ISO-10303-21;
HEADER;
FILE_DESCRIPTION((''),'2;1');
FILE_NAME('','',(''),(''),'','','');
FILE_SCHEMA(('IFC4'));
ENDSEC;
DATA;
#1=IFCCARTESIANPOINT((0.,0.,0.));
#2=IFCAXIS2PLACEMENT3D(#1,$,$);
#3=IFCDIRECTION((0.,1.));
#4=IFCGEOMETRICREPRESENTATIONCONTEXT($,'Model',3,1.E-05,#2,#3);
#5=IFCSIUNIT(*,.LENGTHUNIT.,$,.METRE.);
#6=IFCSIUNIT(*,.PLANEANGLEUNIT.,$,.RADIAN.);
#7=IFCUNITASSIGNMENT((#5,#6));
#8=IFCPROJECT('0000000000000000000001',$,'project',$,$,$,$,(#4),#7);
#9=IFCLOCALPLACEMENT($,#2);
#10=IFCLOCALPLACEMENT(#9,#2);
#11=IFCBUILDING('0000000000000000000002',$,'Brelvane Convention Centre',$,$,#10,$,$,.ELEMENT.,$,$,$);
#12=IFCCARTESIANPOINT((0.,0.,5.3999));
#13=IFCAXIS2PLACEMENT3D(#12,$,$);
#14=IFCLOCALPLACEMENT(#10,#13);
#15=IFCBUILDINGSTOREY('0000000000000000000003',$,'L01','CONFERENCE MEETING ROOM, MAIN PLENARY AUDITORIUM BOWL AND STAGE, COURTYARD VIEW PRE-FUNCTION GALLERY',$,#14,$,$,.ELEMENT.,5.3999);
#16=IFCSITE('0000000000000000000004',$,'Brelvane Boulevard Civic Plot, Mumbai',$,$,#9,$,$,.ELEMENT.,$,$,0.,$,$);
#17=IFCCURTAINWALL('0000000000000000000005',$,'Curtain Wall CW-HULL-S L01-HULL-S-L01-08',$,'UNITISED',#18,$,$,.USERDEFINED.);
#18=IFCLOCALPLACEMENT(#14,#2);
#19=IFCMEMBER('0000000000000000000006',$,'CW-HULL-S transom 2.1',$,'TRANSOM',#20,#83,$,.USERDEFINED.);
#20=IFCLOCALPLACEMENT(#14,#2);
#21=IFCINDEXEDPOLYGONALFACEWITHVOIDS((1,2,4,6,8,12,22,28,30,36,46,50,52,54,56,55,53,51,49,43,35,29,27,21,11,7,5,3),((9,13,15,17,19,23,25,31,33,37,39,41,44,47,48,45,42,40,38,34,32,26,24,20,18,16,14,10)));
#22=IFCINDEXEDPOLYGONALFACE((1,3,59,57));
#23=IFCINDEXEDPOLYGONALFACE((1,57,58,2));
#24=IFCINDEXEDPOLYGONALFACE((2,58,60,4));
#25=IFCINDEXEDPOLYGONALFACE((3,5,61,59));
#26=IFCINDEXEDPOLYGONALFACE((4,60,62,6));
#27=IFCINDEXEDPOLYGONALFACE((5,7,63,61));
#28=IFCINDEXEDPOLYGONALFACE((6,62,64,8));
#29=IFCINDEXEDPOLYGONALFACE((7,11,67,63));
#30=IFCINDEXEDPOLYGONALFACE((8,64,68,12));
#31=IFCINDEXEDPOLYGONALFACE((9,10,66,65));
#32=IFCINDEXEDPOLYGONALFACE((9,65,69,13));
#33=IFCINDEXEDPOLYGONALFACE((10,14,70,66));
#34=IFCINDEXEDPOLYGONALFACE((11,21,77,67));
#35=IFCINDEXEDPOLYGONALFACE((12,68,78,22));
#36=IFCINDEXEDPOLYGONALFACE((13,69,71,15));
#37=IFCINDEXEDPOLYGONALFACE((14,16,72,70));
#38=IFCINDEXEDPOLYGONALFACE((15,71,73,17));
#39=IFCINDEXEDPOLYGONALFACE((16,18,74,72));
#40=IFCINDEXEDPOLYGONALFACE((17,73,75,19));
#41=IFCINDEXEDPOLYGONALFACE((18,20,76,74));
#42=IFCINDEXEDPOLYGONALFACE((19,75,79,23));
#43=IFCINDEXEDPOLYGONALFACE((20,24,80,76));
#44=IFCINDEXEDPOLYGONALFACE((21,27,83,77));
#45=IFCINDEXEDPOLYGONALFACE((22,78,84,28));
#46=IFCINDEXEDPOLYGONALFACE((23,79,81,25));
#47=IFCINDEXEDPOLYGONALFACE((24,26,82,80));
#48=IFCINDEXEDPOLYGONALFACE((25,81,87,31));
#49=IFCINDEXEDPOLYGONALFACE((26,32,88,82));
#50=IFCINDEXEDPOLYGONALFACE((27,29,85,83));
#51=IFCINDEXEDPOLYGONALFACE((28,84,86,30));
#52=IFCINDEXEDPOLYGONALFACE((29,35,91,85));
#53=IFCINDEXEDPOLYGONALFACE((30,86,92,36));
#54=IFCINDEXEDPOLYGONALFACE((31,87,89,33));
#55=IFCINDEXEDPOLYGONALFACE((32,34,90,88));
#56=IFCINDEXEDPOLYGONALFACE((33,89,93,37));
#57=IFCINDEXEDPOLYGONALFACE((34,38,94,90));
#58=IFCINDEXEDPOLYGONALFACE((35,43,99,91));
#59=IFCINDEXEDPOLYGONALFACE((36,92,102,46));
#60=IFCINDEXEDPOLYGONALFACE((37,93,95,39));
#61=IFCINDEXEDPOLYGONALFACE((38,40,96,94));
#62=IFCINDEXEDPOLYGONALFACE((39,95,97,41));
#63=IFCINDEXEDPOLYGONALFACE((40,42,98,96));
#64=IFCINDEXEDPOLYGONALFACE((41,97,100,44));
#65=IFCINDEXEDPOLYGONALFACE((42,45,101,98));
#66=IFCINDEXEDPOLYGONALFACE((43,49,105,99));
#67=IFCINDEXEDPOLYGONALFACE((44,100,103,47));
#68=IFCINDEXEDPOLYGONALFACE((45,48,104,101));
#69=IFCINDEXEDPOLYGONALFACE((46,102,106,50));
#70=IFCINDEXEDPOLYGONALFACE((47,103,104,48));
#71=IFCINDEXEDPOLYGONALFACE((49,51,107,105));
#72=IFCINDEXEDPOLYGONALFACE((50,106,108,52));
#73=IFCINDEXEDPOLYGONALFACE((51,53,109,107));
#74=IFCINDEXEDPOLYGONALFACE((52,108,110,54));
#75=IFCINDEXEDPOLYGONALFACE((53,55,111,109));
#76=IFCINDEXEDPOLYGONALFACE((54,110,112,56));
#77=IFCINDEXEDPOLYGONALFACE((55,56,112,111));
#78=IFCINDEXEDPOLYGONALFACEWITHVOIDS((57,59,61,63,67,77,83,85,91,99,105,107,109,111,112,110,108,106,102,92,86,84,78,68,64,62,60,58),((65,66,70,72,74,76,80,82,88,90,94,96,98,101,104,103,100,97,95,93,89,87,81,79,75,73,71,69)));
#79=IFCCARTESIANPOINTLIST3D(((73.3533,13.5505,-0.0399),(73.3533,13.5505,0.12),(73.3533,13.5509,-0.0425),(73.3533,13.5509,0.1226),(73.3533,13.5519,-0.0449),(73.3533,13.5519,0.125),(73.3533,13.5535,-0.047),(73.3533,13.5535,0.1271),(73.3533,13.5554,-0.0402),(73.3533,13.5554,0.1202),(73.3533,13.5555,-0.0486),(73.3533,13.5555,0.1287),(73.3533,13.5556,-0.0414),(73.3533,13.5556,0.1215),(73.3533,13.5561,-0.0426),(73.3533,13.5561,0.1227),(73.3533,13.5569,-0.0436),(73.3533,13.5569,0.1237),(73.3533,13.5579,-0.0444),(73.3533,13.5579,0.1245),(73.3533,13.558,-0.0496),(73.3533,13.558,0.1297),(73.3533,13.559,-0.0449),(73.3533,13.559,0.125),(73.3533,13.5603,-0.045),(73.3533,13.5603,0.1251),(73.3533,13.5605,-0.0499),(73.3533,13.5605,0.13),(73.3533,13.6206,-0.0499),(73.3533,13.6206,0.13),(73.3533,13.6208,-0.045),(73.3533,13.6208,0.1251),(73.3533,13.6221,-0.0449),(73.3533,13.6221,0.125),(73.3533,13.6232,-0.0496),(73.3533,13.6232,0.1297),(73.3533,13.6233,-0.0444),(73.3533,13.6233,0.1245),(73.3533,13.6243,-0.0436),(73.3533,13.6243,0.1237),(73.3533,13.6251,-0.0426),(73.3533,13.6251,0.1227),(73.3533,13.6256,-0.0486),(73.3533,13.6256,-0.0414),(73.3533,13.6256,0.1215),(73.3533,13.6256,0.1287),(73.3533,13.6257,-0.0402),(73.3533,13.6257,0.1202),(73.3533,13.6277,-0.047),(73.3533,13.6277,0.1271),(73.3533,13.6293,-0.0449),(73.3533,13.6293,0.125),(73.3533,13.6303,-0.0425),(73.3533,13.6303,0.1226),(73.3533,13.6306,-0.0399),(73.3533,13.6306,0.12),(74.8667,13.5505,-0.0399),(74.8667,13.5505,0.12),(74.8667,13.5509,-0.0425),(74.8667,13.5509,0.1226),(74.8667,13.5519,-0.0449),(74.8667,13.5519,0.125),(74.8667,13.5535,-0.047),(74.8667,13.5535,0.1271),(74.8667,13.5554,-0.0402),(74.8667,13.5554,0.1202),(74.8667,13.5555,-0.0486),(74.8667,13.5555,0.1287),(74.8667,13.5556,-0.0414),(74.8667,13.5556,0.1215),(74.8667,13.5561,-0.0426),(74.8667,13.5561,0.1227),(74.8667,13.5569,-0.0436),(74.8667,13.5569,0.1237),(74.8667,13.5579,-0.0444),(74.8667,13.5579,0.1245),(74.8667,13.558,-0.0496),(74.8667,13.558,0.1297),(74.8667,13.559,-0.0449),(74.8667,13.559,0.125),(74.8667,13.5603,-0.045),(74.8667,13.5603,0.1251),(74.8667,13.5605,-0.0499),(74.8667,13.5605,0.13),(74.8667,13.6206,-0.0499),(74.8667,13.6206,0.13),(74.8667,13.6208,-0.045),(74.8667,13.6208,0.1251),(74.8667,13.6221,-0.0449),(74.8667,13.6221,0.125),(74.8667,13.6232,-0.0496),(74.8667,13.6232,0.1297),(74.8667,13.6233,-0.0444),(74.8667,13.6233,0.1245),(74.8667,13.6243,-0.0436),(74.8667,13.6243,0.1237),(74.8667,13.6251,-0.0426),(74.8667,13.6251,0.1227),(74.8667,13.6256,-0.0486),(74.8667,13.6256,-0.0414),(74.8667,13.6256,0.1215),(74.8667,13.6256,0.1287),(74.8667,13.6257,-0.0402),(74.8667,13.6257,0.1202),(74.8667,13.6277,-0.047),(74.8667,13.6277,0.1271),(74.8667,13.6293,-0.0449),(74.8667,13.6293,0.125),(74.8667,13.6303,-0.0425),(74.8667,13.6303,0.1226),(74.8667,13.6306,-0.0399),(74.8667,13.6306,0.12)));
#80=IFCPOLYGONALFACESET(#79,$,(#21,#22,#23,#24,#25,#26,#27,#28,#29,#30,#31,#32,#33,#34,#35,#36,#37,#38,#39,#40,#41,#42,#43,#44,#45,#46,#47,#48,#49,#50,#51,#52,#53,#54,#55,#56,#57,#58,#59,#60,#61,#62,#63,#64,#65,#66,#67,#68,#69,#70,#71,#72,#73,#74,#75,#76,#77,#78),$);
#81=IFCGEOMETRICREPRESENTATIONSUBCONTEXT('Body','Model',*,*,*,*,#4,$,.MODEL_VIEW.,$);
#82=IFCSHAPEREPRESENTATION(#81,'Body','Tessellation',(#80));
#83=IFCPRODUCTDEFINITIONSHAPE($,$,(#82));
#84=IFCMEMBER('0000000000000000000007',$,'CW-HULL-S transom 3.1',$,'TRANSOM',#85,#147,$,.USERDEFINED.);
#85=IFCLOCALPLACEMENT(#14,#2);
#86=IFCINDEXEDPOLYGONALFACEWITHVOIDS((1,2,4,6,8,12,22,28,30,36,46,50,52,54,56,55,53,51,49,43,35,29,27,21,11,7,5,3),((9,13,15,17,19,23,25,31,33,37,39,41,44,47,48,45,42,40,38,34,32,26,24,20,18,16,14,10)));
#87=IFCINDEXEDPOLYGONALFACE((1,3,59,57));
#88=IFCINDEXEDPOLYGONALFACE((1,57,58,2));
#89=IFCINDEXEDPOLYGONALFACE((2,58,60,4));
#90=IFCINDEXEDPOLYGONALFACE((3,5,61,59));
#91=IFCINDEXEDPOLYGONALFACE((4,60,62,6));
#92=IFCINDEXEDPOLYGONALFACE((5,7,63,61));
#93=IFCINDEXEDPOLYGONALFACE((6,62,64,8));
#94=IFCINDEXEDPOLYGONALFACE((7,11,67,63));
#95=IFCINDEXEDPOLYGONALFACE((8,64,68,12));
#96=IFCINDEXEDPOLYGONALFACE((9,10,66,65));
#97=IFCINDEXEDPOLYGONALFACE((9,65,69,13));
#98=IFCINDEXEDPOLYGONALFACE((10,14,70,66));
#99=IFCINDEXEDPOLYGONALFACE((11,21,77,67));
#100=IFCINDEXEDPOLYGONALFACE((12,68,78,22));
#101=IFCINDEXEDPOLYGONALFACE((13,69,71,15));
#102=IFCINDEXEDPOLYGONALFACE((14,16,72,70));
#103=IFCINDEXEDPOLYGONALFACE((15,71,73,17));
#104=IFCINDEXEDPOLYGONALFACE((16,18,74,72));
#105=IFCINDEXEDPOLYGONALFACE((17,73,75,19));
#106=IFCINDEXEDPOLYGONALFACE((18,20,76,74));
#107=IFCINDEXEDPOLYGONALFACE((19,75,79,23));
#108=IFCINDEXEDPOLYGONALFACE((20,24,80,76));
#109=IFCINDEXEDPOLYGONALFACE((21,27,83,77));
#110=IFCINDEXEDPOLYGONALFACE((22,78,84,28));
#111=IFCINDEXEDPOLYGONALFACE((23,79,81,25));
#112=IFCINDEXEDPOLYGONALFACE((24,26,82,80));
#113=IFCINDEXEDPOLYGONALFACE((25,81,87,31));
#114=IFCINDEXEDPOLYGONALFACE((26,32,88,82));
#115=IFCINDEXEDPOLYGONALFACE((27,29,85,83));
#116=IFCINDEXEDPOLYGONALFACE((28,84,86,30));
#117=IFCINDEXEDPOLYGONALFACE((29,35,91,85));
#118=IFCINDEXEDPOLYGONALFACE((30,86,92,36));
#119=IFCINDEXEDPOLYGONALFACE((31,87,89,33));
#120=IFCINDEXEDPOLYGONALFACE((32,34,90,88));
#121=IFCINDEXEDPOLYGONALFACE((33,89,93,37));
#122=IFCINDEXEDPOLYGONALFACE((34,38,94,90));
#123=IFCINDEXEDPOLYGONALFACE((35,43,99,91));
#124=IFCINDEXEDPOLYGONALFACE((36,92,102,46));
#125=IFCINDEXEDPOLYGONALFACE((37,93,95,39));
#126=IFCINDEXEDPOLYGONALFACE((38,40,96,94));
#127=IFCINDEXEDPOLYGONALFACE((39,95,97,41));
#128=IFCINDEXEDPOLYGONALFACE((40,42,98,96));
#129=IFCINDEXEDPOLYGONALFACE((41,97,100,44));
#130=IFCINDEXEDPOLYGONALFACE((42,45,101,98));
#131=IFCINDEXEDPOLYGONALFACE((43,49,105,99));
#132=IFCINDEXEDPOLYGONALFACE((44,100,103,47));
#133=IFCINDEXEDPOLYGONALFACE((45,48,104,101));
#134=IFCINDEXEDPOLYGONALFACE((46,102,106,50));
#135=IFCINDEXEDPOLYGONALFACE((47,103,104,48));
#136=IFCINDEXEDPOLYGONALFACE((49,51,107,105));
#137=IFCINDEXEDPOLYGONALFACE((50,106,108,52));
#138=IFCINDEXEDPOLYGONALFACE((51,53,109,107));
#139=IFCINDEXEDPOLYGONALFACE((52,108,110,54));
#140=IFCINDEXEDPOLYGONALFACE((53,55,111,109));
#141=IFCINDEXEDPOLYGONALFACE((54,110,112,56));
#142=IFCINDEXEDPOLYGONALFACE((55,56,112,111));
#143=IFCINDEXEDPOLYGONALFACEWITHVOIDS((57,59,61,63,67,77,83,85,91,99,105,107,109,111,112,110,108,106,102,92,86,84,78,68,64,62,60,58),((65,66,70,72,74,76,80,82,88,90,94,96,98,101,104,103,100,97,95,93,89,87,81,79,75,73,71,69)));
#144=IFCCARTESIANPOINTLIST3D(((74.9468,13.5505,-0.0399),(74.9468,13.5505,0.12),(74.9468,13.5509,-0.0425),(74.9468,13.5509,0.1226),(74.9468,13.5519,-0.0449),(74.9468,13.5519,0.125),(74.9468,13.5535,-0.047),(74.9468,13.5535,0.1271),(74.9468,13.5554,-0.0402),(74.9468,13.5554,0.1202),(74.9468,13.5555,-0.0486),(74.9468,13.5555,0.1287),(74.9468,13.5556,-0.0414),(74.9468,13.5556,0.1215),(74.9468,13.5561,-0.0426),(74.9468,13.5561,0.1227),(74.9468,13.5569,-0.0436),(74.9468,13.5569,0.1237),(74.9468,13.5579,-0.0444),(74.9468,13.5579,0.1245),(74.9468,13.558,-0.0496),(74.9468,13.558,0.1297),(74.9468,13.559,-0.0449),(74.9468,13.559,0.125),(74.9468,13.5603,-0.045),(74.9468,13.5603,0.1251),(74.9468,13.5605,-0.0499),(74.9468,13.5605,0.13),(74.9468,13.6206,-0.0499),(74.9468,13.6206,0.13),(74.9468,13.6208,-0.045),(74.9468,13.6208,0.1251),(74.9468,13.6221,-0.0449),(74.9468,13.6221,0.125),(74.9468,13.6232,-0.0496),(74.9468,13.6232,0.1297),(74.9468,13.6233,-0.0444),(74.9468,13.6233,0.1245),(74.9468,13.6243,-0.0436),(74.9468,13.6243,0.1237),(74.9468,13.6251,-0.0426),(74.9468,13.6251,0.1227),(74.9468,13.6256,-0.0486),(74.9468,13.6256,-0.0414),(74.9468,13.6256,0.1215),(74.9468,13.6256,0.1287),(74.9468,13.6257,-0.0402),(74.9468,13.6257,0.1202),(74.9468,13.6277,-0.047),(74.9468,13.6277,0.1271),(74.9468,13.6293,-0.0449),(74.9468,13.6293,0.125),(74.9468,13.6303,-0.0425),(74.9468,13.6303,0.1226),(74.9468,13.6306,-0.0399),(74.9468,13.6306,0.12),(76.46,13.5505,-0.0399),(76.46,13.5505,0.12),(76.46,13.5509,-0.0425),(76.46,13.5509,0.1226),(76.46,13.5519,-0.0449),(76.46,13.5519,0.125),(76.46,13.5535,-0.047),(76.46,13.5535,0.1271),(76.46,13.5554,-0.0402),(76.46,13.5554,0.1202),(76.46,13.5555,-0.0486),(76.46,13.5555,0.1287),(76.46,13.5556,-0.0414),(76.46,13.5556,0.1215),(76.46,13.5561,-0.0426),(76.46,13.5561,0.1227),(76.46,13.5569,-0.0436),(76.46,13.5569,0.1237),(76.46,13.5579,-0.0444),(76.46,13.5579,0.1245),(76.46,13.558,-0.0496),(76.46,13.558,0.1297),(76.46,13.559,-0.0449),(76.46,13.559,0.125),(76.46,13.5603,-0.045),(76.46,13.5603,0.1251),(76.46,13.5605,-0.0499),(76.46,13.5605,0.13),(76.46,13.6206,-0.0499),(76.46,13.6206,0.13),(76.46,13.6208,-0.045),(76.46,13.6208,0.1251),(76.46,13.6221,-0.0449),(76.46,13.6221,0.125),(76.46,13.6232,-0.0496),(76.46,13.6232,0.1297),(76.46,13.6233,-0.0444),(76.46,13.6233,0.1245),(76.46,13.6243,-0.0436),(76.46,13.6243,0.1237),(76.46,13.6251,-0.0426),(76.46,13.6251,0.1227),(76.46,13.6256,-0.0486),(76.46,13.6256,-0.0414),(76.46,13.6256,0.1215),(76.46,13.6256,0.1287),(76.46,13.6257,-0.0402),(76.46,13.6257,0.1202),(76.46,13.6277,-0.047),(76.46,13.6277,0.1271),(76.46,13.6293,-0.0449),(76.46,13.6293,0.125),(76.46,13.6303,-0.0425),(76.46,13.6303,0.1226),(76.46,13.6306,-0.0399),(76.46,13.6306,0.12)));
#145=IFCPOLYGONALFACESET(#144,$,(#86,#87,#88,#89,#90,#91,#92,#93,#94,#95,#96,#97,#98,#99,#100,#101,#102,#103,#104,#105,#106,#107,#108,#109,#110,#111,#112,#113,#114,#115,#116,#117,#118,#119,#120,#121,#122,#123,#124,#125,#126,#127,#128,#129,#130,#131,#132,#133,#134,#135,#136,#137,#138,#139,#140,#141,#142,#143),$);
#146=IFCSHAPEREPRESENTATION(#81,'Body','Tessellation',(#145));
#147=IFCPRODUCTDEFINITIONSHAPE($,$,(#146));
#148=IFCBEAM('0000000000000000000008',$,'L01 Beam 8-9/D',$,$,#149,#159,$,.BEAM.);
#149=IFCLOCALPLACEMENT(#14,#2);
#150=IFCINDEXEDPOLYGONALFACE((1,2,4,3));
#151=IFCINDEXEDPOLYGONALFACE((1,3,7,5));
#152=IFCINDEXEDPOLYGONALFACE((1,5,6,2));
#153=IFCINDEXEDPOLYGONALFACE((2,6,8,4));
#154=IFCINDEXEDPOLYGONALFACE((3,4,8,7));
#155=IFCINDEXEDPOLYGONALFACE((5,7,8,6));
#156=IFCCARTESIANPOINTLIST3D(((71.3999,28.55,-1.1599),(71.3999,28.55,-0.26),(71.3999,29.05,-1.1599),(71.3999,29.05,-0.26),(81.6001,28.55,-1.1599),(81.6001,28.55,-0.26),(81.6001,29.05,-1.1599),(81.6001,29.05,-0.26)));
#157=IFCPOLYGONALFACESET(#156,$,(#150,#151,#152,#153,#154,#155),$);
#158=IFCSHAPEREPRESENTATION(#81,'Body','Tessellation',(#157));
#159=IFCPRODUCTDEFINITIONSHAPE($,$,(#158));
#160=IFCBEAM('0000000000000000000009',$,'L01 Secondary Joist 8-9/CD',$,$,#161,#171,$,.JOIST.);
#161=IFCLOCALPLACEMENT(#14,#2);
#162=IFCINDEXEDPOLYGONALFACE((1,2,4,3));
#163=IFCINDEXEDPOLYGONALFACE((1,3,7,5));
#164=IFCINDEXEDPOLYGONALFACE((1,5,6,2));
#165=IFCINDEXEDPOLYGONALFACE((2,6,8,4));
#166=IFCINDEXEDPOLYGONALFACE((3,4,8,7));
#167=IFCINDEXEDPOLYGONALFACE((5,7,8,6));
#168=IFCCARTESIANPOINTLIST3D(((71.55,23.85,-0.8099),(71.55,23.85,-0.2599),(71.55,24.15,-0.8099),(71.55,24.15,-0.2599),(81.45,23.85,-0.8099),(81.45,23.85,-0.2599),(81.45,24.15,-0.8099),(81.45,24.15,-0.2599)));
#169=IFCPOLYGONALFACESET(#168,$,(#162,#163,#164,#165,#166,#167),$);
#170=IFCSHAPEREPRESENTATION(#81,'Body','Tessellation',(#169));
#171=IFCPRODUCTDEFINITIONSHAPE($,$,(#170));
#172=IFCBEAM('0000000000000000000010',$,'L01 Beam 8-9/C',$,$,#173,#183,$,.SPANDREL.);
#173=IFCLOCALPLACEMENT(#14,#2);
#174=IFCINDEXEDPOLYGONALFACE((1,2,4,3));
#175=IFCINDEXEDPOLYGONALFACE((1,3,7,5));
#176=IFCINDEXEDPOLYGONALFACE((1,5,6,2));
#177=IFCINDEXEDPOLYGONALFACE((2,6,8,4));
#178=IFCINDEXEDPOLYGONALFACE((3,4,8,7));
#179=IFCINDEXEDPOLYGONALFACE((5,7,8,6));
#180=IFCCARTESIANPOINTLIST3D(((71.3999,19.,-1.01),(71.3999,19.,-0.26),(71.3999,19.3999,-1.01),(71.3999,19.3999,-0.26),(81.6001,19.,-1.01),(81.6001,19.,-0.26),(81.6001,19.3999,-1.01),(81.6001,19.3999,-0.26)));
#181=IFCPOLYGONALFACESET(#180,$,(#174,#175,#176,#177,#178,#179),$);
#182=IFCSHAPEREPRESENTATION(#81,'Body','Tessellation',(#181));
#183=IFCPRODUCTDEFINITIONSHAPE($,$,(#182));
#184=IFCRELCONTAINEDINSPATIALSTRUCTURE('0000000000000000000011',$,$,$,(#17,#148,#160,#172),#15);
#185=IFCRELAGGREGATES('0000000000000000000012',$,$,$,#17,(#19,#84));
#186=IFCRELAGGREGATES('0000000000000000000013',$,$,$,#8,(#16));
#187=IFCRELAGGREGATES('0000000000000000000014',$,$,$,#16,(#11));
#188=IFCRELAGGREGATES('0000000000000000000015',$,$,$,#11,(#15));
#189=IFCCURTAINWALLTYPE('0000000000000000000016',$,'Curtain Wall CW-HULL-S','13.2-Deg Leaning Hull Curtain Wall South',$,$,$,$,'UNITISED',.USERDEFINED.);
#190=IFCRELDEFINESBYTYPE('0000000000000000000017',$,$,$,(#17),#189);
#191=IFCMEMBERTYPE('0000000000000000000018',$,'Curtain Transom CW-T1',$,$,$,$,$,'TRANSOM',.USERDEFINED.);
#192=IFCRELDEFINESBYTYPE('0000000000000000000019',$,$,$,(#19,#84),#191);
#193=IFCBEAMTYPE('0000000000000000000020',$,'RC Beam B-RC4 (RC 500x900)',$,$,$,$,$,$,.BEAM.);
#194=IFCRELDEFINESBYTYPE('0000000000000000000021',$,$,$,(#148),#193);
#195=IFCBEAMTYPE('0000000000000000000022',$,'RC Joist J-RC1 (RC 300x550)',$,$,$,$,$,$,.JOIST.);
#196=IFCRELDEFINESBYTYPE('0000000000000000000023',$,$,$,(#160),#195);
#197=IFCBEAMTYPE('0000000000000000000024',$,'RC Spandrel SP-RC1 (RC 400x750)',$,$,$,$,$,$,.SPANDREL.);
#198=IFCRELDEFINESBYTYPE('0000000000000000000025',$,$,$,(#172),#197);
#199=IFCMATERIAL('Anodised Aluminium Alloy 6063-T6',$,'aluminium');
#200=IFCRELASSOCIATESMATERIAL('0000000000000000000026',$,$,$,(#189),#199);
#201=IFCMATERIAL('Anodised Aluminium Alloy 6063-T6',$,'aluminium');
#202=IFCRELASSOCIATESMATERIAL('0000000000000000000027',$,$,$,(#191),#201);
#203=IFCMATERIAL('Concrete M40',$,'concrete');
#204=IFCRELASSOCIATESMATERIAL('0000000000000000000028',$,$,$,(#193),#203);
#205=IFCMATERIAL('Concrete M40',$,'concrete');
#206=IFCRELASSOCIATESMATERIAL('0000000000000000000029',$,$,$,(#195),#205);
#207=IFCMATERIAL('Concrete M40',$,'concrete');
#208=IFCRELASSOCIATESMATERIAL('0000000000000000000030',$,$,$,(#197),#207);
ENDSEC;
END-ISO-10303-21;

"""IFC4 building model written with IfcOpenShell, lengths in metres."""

from ifc_helpers import new_model, si_unit, direction, frame, origin, origin_2d, place, context, subcontext, project, spatial, rectangle, hollow_rectangle, extrude, material, material_profile, profile_set, type_object, element, aggregate, save


model = new_model("IFC4")

# Units and contexts
model_context = context("Model", 3, precision=1e-05, world=origin(), true_north=direction((0.0, 1.0)))
body_context = subcontext(model_context, "Body", "Model", "MODEL_VIEW")
ifc_project = project(units=[si_unit("LENGTHUNIT", "METRE"), si_unit("PLANEANGLEUNIT", "RADIAN")], contexts=[model_context])

# Site, building, storey
site_placement = place(None, origin())
site = spatial("IfcSite", under=ifc_project, at=site_placement, Name="Brelvane Boulevard Civic Plot, Mumbai", CompositionType="ELEMENT", RefElevation=0.0)
building_placement = place(site_placement, origin())
building = spatial("IfcBuilding", under=site, at=building_placement, Name="Brelvane Convention Centre", CompositionType="ELEMENT")
storey_placement = place(building_placement, frame((0.0, 0.0, 5.3999)))
storey = spatial("IfcBuildingStorey", under=building, at=storey_placement, Name="L01", Description="CONFERENCE MEETING ROOM, MAIN PLENARY AUDITORIUM BOWL AND STAGE, COURTYARD VIEW PRE-FUNCTION GALLERY", CompositionType="ELEMENT", Elevation=5.3999)

# Curtain wall
ifc_material_1 = material(Name="Anodised Aluminium Alloy 6063-T6", Category="aluminium")
curtain_wall_type = type_object("IfcCurtainWallType", Name="Curtain Wall CW-HULL-S", Description="13.2-Deg Leaning Hull Curtain Wall South", ElementType="UNITISED", PredefinedType="USERDEFINED", material=ifc_material_1)
curtain_wall_1_placement = place(storey_placement, origin())
curtain_wall_1 = element("IfcCurtainWall", 1, at=curtain_wall_1_placement, inside=storey, type_object=curtain_wall_type, Name="Curtain Wall CW-HULL-S L01-HULL-S-L01-08", ObjectType="UNITISED", PredefinedType="USERDEFINED")

# Members
ifc_material_2 = material(Name="Anodised Aluminium Alloy 6063-T6", Category="aluminium")
ifc_material_profile_1 = material_profile(ifc_material_2, hollow_rectangle(XDim=0.0801, YDim=0.1799, WallThickness=0.0049, InnerFilletRadius=0.0049, OuterFilletRadius=0.01, at=origin_2d()), Name="ALU-T 180x80x5.0")
ifc_profile_set_1 = profile_set([ifc_material_profile_1], Name="Anodised Aluminium Alloy 6063-T6")
member_type_1 = type_object("IfcMemberType", Name="Curtain Transom CW-T1", ElementType="TRANSOM", PredefinedType="USERDEFINED", material=ifc_profile_set_1)
member_1_placement = place(storey_placement, frame((73.3533, 13.5906, 0.04), z_axis=(1.0, 0.0, 0.0), x_axis=(0.0, 1.0, 0.0)))
member_1 = element("IfcMember", 2, at=member_1_placement, type_object=member_type_1, Name="CW-HULL-S transom 2.1", ObjectType="TRANSOM", PredefinedType="USERDEFINED", context=body_context, shape_type="SweptSolid", body=[
    extrude(hollow_rectangle(XDim=0.0801, YDim=0.1799, WallThickness=0.0049, InnerFilletRadius=0.0049, OuterFilletRadius=0.01, at=origin_2d()), origin(), (0.0, 0.0, 1.0), 1.5134),
])
member_2_placement = place(storey_placement, frame((74.9468, 13.5906, 0.04), z_axis=(1.0, 0.0, 0.0), x_axis=(0.0, 1.0, 0.0)))
member_2 = element("IfcMember", 3, at=member_2_placement, type_object=member_type_1, Name="CW-HULL-S transom 3.1", ObjectType="TRANSOM", PredefinedType="USERDEFINED", context=body_context, shape_type="SweptSolid", body=[
    extrude(hollow_rectangle(XDim=0.0801, YDim=0.1799, WallThickness=0.0049, InnerFilletRadius=0.0049, OuterFilletRadius=0.01, at=origin_2d()), origin(), (0.0, 0.0, 1.0), 1.5132),
])

# Beams
ifc_material_3 = material(Name="Concrete M40", Category="concrete")
ifc_material_profile_2 = material_profile(ifc_material_3, rectangle(XDim=0.5, YDim=0.8999, at=origin_2d()), Name="RC 500x900")
ifc_profile_set_2 = profile_set([ifc_material_profile_2], Name="Concrete M40")
beam_type_1 = type_object("IfcBeamType", Name="RC Beam B-RC4 (RC 500x900)", PredefinedType="BEAM", material=ifc_profile_set_2)
beam_1_placement = place(storey_placement, frame((71.3999, 28.8, -0.71), z_axis=(1.0, 0.0, 0.0), x_axis=(0.0, 1.0, 0.0)))
element("IfcBeam", 4, at=beam_1_placement, inside=storey, type_object=beam_type_1, Name="L01 Beam 8-9/D", PredefinedType="BEAM", context=body_context, shape_type="SweptSolid", body=[
    extrude(rectangle(XDim=0.5, YDim=0.8999, at=origin_2d()), origin(), (0.0, 0.0, 1.0), 10.2002),
])
ifc_material_4 = material(Name="Concrete M40", Category="concrete")
ifc_material_profile_3 = material_profile(ifc_material_4, rectangle(XDim=0.3, YDim=0.55, at=origin_2d()), Name="RC 300x550")
ifc_profile_set_3 = profile_set([ifc_material_profile_3], Name="Concrete M40")
beam_type_2 = type_object("IfcBeamType", Name="RC Joist J-RC1 (RC 300x550)", PredefinedType="JOIST", material=ifc_profile_set_3)
beam_2_placement = place(storey_placement, frame((71.55, 24.0, -0.5349), z_axis=(1.0, 0.0, 0.0), x_axis=(0.0, 1.0, 0.0)))
element("IfcBeam", 5, at=beam_2_placement, inside=storey, type_object=beam_type_2, Name="L01 Secondary Joist 8-9/CD", PredefinedType="JOIST", context=body_context, shape_type="SweptSolid", body=[
    extrude(rectangle(XDim=0.3, YDim=0.55, at=origin_2d()), origin(), (0.0, 0.0, 1.0), 9.8999),
])
ifc_material_5 = material(Name="Concrete M40", Category="concrete")
ifc_material_profile_4 = material_profile(ifc_material_5, rectangle(XDim=0.3999, YDim=0.75, at=origin_2d()), Name="RC 400x750")
ifc_profile_set_4 = profile_set([ifc_material_profile_4], Name="Concrete M40")
beam_type_3 = type_object("IfcBeamType", Name="RC Spandrel SP-RC1 (RC 400x750)", PredefinedType="SPANDREL", material=ifc_profile_set_4)
beam_3_placement = place(storey_placement, frame((71.3999, 19.2, -0.635), z_axis=(1.0, 0.0, 0.0), x_axis=(0.0, 1.0, 0.0)))
element("IfcBeam", 6, at=beam_3_placement, inside=storey, type_object=beam_type_3, Name="L01 Beam 8-9/C", PredefinedType="SPANDREL", context=body_context, shape_type="SweptSolid", body=[
    extrude(rectangle(XDim=0.3999, YDim=0.75, at=origin_2d()), origin(), (0.0, 0.0, 1.0), 10.2002),
])

aggregate(curtain_wall_1, [member_1, member_2])

save(model, "model.ifc")
